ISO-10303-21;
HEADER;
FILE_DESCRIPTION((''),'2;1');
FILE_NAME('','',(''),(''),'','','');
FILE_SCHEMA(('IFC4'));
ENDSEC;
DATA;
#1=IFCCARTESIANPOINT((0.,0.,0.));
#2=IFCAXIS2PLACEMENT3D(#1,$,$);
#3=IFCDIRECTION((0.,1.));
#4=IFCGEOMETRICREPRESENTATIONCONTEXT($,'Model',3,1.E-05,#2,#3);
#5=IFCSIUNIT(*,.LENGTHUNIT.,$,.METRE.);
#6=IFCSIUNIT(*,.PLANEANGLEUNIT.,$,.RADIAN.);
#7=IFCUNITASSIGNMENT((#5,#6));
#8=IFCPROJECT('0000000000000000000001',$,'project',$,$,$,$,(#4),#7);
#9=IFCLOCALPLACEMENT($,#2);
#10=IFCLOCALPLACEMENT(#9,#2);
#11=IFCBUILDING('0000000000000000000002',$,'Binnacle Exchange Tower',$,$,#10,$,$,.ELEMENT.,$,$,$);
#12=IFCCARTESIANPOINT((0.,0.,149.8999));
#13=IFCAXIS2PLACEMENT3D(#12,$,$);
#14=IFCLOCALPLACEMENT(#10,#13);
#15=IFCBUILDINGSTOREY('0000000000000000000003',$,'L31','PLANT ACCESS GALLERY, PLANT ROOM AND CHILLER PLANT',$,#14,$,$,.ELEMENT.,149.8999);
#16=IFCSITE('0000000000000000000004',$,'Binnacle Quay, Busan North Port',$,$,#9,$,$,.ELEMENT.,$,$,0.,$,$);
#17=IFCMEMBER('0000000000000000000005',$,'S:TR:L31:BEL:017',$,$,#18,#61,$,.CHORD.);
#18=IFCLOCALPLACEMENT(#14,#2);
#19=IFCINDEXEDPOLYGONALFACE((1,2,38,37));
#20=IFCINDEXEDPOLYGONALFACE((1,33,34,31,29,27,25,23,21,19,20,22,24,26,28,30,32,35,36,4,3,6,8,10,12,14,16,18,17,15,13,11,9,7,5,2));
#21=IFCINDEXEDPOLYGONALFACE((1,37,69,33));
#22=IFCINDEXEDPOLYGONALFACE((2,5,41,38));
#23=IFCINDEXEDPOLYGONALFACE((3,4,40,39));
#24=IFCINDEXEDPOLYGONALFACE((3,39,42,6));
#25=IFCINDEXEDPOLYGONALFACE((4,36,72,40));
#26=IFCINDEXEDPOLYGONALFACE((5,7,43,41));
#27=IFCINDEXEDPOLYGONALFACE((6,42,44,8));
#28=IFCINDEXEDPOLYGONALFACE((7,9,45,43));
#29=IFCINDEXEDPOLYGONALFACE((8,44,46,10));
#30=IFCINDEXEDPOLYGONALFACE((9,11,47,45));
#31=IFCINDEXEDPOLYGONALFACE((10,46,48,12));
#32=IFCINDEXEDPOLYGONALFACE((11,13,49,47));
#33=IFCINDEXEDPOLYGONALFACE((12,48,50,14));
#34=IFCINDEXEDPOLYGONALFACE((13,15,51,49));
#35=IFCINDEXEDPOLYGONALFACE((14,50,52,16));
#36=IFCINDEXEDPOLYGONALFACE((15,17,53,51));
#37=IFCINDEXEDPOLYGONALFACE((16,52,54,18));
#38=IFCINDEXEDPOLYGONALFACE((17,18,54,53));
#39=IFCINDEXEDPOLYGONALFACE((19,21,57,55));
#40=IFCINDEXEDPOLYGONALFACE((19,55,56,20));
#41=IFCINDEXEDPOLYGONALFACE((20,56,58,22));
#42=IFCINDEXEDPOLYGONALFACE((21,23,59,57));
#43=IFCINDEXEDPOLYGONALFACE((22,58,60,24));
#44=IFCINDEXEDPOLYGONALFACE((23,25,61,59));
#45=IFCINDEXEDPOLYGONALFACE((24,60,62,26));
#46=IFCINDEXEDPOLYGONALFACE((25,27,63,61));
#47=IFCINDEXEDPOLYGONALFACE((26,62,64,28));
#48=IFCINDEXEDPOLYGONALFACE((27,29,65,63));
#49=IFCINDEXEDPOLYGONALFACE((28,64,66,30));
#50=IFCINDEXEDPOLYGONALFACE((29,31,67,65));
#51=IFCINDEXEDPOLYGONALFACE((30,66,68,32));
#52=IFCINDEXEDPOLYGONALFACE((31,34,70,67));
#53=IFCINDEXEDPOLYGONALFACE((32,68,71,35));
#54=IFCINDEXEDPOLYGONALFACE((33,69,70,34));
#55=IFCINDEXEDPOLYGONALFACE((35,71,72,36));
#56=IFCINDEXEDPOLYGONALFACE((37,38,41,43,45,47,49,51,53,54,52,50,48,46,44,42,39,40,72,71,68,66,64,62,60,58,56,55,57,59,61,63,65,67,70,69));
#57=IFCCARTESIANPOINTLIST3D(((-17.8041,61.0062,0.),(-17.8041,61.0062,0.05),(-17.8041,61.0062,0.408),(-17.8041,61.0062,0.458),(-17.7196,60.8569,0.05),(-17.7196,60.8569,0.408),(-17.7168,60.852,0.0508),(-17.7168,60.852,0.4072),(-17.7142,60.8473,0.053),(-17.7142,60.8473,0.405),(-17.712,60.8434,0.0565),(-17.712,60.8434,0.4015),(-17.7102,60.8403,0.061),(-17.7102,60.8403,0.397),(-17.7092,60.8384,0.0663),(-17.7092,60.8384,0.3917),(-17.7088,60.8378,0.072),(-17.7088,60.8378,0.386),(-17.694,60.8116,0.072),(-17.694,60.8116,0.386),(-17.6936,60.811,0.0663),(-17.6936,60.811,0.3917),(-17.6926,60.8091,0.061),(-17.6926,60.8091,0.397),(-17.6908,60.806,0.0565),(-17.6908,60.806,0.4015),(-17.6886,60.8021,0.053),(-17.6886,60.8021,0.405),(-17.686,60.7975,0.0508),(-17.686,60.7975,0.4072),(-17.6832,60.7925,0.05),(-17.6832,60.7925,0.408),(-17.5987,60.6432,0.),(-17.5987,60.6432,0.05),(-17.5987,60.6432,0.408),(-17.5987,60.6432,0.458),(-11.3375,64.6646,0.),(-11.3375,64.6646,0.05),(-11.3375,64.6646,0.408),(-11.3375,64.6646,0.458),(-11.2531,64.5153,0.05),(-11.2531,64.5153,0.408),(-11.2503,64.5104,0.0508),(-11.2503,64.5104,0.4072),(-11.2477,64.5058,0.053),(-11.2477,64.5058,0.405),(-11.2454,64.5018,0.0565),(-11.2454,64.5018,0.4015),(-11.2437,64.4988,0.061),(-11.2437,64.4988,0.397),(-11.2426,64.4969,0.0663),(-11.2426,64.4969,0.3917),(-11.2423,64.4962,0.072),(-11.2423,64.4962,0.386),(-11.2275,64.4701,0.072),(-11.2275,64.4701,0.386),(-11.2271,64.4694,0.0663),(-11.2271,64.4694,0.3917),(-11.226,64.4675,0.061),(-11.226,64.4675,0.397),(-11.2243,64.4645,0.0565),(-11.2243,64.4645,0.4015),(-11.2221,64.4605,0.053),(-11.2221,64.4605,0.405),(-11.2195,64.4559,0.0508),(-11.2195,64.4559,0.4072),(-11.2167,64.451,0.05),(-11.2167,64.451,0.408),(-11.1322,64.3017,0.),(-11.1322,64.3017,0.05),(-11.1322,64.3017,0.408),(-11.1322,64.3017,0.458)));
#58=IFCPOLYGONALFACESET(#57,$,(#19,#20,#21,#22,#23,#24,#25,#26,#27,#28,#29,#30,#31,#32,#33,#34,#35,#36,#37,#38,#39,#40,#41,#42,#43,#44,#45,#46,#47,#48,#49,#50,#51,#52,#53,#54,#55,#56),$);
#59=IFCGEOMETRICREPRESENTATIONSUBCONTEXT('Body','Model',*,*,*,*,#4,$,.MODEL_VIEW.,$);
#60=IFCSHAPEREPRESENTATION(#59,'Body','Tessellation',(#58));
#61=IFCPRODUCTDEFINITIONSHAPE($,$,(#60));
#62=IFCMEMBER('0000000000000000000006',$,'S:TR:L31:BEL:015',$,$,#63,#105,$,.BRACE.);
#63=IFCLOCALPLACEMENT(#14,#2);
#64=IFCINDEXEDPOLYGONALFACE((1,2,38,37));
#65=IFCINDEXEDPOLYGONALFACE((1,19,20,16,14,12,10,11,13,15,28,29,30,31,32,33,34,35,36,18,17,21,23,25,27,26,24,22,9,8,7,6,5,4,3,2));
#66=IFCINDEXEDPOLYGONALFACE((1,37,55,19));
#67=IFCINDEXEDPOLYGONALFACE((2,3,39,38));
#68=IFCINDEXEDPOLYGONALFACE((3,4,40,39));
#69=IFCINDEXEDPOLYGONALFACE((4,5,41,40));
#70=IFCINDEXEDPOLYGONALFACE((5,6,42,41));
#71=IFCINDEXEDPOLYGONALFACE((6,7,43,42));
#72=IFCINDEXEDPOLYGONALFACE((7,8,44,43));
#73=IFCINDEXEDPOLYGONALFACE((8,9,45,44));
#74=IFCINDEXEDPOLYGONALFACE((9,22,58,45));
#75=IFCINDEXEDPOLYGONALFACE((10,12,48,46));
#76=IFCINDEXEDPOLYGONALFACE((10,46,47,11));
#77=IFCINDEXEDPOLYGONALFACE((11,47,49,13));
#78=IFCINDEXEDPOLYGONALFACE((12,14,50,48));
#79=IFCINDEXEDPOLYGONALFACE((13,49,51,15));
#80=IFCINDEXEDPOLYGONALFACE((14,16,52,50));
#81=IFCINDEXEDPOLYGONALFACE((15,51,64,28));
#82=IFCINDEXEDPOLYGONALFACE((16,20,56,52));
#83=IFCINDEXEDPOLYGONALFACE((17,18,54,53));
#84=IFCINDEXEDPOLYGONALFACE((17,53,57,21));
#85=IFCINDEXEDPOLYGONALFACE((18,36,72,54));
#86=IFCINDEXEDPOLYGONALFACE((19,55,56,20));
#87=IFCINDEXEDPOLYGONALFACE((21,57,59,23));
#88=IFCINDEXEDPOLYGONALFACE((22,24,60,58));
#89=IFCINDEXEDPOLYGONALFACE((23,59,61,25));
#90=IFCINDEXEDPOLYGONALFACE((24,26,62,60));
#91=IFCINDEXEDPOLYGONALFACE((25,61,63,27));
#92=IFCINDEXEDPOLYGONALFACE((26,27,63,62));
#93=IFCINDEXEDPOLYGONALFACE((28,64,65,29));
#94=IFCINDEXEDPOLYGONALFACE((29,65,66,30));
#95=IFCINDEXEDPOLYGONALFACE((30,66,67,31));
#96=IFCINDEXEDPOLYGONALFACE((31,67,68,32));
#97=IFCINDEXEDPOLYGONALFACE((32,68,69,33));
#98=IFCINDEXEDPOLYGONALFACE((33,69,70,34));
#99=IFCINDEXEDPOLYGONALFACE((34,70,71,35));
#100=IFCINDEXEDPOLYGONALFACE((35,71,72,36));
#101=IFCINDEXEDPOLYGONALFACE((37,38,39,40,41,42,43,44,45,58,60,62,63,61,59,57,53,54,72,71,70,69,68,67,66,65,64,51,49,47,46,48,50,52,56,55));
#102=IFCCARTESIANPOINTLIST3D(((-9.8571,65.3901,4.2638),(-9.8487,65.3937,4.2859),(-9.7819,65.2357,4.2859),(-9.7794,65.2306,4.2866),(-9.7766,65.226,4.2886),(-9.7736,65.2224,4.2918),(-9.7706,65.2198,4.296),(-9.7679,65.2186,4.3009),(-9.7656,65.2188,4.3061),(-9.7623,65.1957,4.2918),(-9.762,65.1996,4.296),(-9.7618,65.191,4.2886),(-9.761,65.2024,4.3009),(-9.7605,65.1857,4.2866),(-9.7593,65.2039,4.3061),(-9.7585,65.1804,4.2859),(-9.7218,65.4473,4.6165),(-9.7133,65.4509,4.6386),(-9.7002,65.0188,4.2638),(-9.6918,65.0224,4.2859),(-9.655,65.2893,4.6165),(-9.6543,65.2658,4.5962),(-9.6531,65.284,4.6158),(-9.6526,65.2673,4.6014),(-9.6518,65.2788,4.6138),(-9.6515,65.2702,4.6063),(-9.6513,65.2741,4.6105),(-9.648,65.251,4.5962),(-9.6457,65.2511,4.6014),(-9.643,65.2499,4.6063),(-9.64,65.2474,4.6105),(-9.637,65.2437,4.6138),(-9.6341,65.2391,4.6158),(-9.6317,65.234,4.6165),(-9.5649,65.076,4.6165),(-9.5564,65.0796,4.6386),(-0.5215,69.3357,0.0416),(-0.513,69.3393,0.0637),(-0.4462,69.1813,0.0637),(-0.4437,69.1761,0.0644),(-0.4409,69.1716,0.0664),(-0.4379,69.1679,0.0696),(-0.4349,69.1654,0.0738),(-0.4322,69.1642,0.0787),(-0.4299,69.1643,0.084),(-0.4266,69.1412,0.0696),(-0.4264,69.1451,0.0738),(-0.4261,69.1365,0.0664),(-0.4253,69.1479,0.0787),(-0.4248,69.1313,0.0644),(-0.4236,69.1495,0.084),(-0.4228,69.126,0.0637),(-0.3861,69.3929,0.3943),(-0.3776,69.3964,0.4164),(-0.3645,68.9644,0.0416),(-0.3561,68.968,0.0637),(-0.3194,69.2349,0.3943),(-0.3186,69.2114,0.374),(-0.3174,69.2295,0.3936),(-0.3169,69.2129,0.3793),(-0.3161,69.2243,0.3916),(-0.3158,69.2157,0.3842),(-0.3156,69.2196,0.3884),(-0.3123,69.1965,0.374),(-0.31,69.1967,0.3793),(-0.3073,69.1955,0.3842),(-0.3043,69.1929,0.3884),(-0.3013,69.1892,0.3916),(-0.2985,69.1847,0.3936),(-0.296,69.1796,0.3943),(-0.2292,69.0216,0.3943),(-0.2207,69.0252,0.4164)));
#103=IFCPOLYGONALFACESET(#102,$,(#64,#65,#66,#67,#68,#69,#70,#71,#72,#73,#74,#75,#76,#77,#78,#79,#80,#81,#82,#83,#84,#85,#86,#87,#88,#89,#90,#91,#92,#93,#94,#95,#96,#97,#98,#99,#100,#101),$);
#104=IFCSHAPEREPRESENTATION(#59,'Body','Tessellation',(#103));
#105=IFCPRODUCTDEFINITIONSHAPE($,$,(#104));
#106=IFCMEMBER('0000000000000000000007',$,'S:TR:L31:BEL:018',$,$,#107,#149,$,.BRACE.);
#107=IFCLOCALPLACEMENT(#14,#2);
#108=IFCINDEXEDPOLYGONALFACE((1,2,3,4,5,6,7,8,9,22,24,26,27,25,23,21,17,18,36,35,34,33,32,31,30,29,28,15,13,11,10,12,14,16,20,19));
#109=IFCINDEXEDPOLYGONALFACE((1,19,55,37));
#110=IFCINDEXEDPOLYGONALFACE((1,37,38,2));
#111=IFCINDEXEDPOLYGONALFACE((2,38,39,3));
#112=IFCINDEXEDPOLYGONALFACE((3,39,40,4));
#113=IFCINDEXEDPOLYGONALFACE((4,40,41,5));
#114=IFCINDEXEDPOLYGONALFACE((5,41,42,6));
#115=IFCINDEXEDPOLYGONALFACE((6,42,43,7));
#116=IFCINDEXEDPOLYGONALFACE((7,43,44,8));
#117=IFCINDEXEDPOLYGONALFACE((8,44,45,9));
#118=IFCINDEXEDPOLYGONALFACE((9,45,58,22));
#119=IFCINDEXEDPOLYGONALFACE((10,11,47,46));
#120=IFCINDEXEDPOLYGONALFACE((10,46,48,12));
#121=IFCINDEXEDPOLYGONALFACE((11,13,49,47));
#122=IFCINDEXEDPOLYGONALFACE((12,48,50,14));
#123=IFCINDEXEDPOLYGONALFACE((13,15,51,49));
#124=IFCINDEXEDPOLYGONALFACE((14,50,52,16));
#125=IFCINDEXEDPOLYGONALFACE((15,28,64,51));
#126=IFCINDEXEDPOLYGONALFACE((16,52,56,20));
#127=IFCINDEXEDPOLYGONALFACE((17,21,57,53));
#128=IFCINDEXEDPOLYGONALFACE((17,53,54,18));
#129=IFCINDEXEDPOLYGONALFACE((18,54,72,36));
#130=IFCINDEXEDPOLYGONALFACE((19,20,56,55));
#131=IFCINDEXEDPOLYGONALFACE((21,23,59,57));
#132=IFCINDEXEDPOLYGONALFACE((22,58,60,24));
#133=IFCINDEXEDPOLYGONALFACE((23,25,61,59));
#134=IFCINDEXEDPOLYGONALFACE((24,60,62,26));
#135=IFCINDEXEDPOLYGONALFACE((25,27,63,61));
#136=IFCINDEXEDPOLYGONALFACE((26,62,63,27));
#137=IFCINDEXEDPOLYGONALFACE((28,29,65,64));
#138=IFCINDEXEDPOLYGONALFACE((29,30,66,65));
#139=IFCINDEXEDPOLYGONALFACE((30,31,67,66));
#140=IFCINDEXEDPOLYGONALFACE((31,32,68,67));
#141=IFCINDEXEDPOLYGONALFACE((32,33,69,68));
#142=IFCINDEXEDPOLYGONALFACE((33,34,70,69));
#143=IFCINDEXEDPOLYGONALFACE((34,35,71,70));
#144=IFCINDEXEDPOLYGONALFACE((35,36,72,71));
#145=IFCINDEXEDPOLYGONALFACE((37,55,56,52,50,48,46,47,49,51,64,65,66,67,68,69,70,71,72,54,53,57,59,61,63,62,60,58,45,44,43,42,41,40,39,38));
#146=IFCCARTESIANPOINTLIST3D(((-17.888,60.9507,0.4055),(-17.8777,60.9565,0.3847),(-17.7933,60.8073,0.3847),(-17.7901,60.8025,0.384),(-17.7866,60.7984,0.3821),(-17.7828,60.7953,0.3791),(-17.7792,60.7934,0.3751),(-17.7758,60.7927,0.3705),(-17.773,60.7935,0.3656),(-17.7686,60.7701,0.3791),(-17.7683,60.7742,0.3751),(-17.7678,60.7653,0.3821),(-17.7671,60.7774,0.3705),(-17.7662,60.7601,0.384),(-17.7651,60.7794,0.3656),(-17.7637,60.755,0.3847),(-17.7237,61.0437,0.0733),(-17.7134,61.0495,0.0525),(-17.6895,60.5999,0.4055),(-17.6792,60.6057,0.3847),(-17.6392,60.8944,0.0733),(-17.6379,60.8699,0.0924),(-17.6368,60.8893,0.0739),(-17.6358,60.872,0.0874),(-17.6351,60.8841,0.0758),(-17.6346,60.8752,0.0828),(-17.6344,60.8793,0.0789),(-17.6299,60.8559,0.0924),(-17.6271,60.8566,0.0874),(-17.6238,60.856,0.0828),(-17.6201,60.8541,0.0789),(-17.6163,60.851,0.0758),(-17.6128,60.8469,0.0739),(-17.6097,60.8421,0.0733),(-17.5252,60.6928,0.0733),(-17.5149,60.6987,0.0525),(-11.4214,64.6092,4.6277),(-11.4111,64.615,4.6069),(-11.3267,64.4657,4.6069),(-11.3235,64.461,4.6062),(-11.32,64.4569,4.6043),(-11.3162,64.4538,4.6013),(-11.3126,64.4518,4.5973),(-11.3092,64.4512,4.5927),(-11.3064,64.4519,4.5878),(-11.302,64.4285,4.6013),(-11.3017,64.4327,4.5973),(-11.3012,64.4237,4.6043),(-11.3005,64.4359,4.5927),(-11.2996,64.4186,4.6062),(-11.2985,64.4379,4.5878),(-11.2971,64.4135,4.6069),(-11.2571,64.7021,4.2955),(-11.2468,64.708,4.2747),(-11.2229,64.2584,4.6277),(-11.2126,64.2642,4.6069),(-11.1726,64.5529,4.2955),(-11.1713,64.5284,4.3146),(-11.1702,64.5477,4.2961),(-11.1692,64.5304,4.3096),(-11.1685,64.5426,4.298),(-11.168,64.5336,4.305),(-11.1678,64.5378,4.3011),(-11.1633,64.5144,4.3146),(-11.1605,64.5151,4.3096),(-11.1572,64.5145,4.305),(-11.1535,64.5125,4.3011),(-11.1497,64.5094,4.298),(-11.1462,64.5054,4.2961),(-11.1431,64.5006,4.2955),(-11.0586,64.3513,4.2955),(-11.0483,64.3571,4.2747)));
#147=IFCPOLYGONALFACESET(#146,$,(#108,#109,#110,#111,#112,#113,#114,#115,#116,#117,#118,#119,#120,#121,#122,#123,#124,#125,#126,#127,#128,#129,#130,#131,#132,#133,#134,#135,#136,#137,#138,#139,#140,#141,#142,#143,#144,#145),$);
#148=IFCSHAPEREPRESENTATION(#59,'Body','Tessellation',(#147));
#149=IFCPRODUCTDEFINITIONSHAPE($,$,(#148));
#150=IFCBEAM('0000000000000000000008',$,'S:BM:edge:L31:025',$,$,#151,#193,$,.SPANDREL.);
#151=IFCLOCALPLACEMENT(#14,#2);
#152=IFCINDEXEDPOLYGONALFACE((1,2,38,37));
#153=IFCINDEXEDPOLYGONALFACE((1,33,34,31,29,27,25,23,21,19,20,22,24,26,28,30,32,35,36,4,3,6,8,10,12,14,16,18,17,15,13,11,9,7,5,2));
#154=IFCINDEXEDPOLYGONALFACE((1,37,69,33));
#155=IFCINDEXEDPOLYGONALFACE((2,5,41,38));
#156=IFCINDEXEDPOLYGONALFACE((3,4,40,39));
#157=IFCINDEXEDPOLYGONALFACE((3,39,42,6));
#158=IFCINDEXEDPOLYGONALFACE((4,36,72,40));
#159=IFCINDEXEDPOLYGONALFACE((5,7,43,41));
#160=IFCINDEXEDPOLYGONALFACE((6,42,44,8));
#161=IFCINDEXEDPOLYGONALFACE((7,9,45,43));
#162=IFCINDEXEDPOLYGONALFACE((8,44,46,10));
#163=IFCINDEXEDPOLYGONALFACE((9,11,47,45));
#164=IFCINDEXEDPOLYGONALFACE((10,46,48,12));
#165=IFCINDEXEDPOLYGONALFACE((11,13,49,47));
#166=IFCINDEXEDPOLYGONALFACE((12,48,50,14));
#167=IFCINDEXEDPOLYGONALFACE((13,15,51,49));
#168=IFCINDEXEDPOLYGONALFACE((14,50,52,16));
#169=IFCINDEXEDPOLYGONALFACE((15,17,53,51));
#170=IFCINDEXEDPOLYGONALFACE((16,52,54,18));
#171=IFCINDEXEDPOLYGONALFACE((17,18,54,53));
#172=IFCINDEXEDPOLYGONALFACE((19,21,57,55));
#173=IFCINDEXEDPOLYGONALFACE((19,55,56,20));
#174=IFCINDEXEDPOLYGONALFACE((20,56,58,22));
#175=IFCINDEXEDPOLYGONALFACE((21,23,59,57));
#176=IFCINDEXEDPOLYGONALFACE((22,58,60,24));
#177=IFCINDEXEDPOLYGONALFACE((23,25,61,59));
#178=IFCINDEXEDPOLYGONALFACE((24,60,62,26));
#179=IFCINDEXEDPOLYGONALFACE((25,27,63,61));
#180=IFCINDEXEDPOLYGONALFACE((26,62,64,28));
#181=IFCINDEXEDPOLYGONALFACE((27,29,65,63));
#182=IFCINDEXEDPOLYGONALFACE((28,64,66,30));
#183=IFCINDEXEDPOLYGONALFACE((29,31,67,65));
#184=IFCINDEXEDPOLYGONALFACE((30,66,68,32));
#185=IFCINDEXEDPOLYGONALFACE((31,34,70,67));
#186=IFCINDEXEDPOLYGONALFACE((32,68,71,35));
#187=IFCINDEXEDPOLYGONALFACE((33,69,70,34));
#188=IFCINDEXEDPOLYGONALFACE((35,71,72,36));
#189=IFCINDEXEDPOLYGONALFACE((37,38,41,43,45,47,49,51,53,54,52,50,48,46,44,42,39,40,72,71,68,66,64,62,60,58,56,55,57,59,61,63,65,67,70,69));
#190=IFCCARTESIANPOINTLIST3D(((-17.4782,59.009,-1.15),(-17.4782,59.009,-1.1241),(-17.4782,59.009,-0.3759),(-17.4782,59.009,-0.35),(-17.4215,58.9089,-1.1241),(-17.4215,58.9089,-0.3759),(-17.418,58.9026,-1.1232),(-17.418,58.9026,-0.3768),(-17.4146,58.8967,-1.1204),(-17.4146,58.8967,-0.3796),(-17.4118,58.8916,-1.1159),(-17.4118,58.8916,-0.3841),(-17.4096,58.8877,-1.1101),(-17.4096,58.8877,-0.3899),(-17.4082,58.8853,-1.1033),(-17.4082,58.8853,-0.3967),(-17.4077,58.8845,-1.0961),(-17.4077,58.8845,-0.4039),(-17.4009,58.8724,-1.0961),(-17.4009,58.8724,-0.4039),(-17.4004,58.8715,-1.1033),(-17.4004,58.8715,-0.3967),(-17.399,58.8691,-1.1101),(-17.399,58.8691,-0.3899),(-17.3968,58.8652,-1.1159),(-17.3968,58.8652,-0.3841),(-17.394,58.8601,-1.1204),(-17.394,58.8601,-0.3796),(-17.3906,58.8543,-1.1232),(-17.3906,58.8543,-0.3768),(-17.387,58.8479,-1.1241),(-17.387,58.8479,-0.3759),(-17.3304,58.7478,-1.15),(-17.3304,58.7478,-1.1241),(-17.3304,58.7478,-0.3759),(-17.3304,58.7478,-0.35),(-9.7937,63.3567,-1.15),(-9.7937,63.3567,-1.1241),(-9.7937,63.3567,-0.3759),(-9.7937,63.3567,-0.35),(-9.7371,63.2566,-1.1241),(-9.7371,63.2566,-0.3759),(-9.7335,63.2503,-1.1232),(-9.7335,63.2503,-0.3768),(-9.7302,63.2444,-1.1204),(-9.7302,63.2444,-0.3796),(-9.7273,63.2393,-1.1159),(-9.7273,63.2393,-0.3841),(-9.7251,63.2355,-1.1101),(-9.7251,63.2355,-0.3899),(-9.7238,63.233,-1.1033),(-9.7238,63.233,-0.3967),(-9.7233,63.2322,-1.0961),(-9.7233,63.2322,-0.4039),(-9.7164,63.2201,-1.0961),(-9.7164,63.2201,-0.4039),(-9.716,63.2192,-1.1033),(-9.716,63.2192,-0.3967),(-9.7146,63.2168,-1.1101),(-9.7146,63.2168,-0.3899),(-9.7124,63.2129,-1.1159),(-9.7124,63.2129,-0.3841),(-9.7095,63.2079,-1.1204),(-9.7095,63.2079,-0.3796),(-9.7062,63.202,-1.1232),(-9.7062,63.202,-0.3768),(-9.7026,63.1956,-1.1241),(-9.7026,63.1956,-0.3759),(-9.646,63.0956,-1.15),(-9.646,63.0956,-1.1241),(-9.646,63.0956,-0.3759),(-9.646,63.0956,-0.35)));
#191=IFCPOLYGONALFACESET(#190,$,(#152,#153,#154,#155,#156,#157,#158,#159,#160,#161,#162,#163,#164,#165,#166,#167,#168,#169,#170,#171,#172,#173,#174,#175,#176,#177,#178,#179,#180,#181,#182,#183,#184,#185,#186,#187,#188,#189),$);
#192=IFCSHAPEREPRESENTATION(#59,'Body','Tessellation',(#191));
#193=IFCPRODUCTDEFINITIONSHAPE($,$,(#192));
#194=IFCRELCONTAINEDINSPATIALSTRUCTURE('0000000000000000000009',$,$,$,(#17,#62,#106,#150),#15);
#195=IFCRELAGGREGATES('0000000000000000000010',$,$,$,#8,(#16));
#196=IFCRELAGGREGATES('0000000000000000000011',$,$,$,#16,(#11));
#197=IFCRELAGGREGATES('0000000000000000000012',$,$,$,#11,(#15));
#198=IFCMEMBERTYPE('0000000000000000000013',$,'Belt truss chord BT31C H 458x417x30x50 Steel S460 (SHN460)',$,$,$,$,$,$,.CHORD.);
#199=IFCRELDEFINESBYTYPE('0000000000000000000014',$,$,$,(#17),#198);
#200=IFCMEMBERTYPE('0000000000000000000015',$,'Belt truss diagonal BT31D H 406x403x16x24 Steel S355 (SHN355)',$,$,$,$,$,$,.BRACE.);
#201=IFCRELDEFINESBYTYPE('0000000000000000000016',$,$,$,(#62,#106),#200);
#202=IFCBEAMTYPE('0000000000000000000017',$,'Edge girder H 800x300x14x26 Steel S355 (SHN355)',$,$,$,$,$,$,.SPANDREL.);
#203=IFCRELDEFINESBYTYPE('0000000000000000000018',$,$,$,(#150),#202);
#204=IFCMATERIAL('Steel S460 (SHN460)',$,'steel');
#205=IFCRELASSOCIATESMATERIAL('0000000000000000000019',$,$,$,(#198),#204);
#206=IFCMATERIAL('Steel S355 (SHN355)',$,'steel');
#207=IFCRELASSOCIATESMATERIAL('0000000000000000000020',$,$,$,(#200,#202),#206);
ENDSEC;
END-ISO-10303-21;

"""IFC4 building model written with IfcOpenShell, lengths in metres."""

from ifc_helpers import new_model, si_unit, direction, frame, origin, origin_2d, place, context, subcontext, project, spatial, i_section, extrude, material, material_profile, profile_set, type_object, element, save


model = new_model("IFC4")

# Units and contexts
model_context = context("Model", 3, precision=1e-05, world=origin(), true_north=direction((0.0, 1.0)))
body_context = subcontext(model_context, "Body", "Model", "MODEL_VIEW")
ifc_project = project(units=[si_unit("LENGTHUNIT", "METRE"), si_unit("PLANEANGLEUNIT", "RADIAN")], contexts=[model_context])

# Site, building, storey
site_placement = place(None, origin())
site = spatial("IfcSite", under=ifc_project, at=site_placement, Name="Binnacle Quay, Busan North Port", CompositionType="ELEMENT", RefElevation=0.0)
building_placement = place(site_placement, origin())
building = spatial("IfcBuilding", under=site, at=building_placement, Name="Binnacle Exchange Tower", CompositionType="ELEMENT")
storey_placement = place(building_placement, frame((0.0, 0.0, 149.8999)))
storey = spatial("IfcBuildingStorey", under=building, at=storey_placement, Name="L31", Description="PLANT ACCESS GALLERY, PLANT ROOM AND CHILLER PLANT", CompositionType="ELEMENT", Elevation=149.8999)

# Members
ifc_material_1 = material(Name="Steel S460 (SHN460)", Category="steel")
ifc_material_profile_1 = material_profile(ifc_material_1, i_section(OverallWidth=0.417, OverallDepth=0.458, WebThickness=0.03, FlangeThickness=0.05, FilletRadius=0.022, at=origin_2d()), Name="H 458x417x30x50")
ifc_profile_set_1 = profile_set([ifc_material_profile_1], Name="Steel S460 (SHN460)")
member_type_1 = type_object("IfcMemberType", Name="Belt truss chord BT31C H 458x417x30x50 Steel S460 (SHN460)", PredefinedType="CHORD", material=ifc_profile_set_1)
for number, where, z_axis, x_axis, name in (
    (1, (-11.2349, 64.4832, 0.229), (-0.870364, -0.492408, 0.0), (0.492408, -0.870364, 0.0), "S:TR:L31:BEL:017"),
):
    element("IfcMember", number, at=place(storey_placement, frame(where, z_axis=z_axis, x_axis=x_axis)), inside=storey, type_object=member_type_1, Name=name, PredefinedType="CHORD", context=body_context, shape_type="SweptSolid", body=[
        extrude(i_section(OverallWidth=0.417, OverallDepth=0.458, WebThickness=0.03, FlangeThickness=0.05, FilletRadius=0.022, at=origin_2d()), origin(), (0.0, 0.0, 1.0), 7.4297),
    ])
ifc_material_2 = material(Name="Steel S355 (SHN355)", Category="steel")
ifc_material_profile_2 = material_profile(ifc_material_2, i_section(OverallWidth=0.4031, OverallDepth=0.406, WebThickness=0.0161, FlangeThickness=0.0239, FilletRadius=0.022, at=origin_2d()), Name="H 406x403x16x24")
ifc_profile_set_2 = profile_set([ifc_material_profile_2], Name="Steel S355 (SHN355)")
member_type_2 = type_object("IfcMemberType", Name="Belt truss diagonal BT31D H 406x403x16x24 Steel S355 (SHN355)", PredefinedType="BRACE", material=ifc_profile_set_2)
member_1_placement = place(storey_placement, frame((-0.3711, 69.1804, 0.229), z_axis=(-0.850284, -0.359357, 0.38455), x_axis=(0.389292, -0.921114, 0.0)))
element("IfcMember", 2, at=member_1_placement, inside=storey, type_object=member_type_2, Name="S:TR:L31:BEL:015", PredefinedType="BRACE", context=body_context, shape_type="SweptSolid", body=[
    extrude(i_section(OverallWidth=0.4031, OverallDepth=0.406, WebThickness=0.0161, FlangeThickness=0.0239, FilletRadius=0.022, at=origin_2d()), origin(), (0.0, 0.0, 1.0), 10.9795),
])
member_2_placement = place(storey_placement, frame((-11.2349, 64.4832, 4.4512), z_axis=(-0.756712, -0.428109, -0.494075), x_axis=(0.492408, -0.870364, 0.0)))
element("IfcMember", 3, at=member_2_placement, inside=storey, type_object=member_type_2, Name="S:TR:L31:BEL:018", PredefinedType="BRACE", context=body_context, shape_type="SweptSolid", body=[
    extrude(i_section(OverallWidth=0.4031, OverallDepth=0.406, WebThickness=0.0161, FlangeThickness=0.0239, FilletRadius=0.022, at=origin_2d()), origin(), (0.0, 0.0, 1.0), 8.5457),
])

# Beam
ifc_material_profile_3 = material_profile(ifc_material_2, i_section(OverallWidth=0.3, OverallDepth=0.8, WebThickness=0.0139, FlangeThickness=0.0259, FilletRadius=0.0281, at=origin_2d()), Name="H 800x300x14x26")
ifc_profile_set_3 = profile_set([ifc_material_profile_3], Name="Steel S355 (SHN355)")
beam_type_1 = type_object("IfcBeamType", Name="Edge girder H 800x300x14x26 Steel S355 (SHN355)", PredefinedType="SPANDREL", material=ifc_profile_set_3)
beam_1_placement = place(storey_placement, frame((-17.4043, 58.8784, -0.75), z_axis=(0.870352, 0.49243, 0.0), x_axis=(-0.49243, 0.870352, 0.0)))
element("IfcBeam", 4, at=beam_1_placement, inside=storey, type_object=beam_type_1, Name="S:BM:edge:L31:025", PredefinedType="SPANDREL", context=body_context, shape_type="SweptSolid", body=[
    extrude(i_section(OverallWidth=0.3, OverallDepth=0.8, WebThickness=0.0139, FlangeThickness=0.0259, FilletRadius=0.0281, at=origin_2d()), origin(), (0.0, 0.0, 1.0), 8.8291),
])

save(model, "model.ifc")
